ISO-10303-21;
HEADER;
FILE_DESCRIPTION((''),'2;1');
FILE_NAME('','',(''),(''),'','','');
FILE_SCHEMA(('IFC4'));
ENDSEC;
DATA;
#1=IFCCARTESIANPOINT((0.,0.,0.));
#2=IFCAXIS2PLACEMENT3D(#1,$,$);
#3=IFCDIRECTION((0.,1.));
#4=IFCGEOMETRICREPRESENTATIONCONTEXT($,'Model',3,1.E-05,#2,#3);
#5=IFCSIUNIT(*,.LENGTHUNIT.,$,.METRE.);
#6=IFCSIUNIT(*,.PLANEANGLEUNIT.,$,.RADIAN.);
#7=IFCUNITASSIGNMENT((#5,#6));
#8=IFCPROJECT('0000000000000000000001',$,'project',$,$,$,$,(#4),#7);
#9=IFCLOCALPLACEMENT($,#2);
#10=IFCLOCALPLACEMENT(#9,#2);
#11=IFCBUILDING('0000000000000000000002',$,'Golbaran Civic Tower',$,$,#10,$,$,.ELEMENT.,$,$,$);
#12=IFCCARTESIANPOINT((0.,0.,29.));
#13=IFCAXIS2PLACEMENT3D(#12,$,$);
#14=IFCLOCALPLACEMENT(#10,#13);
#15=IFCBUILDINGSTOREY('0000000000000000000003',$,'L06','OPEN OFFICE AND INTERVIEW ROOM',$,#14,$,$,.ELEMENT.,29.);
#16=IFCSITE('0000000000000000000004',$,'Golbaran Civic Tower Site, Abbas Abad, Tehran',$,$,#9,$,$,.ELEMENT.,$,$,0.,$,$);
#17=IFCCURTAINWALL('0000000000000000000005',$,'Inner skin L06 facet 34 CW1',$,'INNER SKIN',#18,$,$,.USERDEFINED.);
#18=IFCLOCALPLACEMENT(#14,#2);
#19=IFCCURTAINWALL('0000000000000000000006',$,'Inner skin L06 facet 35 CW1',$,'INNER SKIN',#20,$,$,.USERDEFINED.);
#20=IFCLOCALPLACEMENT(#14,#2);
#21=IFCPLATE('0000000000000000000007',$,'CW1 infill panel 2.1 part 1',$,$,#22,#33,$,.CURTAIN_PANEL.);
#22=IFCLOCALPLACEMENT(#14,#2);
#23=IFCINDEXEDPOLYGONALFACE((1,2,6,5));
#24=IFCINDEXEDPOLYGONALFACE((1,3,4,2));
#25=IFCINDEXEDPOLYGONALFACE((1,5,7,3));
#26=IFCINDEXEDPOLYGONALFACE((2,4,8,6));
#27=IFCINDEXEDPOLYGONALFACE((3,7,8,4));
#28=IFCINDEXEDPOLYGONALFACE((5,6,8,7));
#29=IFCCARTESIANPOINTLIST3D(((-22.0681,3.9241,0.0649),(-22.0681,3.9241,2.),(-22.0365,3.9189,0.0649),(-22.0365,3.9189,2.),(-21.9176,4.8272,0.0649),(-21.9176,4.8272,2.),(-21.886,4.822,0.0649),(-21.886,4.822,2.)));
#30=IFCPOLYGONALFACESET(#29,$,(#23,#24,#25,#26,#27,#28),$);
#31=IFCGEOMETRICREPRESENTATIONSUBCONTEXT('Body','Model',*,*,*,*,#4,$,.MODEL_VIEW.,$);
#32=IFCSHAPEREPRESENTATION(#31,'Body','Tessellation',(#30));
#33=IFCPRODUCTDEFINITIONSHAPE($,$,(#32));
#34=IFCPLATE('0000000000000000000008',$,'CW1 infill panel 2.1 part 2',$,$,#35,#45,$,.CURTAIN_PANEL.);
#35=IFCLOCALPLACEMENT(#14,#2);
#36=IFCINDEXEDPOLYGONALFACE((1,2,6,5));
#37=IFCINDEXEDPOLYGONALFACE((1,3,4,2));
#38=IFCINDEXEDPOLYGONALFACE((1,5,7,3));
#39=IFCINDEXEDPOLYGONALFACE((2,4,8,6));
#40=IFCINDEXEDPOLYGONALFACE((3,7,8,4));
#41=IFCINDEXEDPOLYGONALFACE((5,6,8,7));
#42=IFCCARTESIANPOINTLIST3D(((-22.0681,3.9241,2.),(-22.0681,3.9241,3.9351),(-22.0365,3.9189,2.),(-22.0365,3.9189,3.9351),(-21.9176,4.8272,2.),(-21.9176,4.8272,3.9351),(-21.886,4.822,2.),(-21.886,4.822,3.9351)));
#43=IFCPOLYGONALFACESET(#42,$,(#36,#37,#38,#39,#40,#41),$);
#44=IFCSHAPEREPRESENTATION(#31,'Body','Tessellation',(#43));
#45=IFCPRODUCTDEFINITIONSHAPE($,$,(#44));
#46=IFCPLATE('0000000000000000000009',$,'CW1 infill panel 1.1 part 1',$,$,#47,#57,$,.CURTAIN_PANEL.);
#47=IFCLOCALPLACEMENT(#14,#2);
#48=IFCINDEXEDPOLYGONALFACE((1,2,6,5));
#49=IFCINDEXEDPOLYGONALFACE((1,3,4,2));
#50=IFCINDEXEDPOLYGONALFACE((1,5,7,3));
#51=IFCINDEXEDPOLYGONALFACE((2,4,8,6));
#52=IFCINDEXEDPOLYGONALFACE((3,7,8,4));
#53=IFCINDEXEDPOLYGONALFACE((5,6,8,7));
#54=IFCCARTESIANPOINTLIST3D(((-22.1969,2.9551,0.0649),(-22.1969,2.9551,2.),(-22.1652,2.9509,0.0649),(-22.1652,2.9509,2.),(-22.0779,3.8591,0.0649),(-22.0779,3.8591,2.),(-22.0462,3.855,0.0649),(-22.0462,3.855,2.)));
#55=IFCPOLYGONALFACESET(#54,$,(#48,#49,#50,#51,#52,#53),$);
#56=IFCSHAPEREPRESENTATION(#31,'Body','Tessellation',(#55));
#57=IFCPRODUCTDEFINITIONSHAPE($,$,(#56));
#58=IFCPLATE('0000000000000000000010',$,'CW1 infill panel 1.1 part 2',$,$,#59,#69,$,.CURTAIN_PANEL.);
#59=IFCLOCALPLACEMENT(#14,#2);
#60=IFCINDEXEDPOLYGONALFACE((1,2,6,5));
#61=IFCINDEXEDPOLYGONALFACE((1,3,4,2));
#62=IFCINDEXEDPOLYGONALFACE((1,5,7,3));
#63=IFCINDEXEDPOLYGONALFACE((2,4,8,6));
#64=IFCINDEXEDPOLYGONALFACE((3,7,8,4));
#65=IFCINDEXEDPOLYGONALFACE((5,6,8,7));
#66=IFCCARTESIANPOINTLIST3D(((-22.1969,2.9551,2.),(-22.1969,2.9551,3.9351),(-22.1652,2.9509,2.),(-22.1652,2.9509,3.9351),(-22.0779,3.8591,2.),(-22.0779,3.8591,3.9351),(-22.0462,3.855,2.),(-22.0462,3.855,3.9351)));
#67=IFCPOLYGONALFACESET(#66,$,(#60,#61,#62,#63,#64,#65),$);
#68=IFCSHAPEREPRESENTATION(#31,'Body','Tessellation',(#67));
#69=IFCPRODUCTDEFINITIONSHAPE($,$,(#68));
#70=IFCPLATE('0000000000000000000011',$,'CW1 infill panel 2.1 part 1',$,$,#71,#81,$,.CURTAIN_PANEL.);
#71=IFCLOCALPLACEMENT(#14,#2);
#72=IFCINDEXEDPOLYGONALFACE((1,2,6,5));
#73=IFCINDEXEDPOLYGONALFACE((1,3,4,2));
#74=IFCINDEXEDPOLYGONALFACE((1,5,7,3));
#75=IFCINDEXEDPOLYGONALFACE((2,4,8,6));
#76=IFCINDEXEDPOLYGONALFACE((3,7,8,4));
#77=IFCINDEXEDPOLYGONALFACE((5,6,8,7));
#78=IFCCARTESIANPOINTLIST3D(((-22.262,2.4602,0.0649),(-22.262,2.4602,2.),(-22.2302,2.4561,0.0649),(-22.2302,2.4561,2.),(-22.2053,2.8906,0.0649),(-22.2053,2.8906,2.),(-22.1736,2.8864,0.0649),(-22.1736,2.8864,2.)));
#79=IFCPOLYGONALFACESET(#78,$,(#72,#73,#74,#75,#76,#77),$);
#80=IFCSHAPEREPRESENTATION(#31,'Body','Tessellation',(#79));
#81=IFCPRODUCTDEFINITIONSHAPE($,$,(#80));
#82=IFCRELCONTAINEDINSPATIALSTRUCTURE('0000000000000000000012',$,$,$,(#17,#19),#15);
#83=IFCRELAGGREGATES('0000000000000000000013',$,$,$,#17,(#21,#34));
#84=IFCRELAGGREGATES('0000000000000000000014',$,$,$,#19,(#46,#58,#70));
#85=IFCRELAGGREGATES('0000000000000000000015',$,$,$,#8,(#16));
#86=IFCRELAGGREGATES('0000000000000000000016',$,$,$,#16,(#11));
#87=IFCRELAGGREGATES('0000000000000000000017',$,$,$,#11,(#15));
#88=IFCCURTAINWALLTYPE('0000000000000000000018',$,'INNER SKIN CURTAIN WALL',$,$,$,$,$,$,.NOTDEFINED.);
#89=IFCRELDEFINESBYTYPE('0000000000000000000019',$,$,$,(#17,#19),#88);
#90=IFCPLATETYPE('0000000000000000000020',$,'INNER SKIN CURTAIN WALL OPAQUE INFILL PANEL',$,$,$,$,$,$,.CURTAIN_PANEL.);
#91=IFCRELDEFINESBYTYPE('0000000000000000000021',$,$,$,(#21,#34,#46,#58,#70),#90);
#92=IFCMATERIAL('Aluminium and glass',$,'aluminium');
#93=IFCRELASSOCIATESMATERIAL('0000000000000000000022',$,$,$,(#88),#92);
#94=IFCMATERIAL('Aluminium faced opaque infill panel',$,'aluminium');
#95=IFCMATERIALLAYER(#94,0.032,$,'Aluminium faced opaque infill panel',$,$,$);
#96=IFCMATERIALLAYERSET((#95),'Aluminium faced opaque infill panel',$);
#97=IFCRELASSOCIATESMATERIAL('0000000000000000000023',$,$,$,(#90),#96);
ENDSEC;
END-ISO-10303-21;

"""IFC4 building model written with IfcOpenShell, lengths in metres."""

from ifc_helpers import new_model, si_unit, direction, frame, origin, origin_2d, place, context, subcontext, project, spatial, rectangle, extrude, material, layer, layer_set, type_object, element, aggregate, save


model = new_model("IFC4")

# Units and contexts
model_context = context("Model", 3, precision=1e-05, world=origin(), true_north=direction((0.0, 1.0)))
body_context = subcontext(model_context, "Body", "Model", "MODEL_VIEW")
ifc_project = project(units=[si_unit("LENGTHUNIT", "METRE"), si_unit("PLANEANGLEUNIT", "RADIAN")], contexts=[model_context])

# Site, building, storey
site_placement = place(None, origin())
site = spatial("IfcSite", under=ifc_project, at=site_placement, Name="Golbaran Civic Tower Site, Abbas Abad, Tehran", CompositionType="ELEMENT", RefElevation=0.0)
building_placement = place(site_placement, origin())
building = spatial("IfcBuilding", under=site, at=building_placement, Name="Golbaran Civic Tower", CompositionType="ELEMENT")
storey_placement = place(building_placement, frame((0.0, 0.0, 29.0)))
storey = spatial("IfcBuildingStorey", under=building, at=storey_placement, Name="L06", Description="OPEN OFFICE AND INTERVIEW ROOM", CompositionType="ELEMENT", Elevation=29.0)

# Curtain walls
ifc_material_1 = material(Name="Aluminium and glass", Category="aluminium")
curtain_wall_type = type_object("IfcCurtainWallType", Name="INNER SKIN CURTAIN WALL", PredefinedType="NOTDEFINED", material=ifc_material_1)
curtain_wall_1_placement = place(storey_placement, origin())
curtain_wall_1 = element("IfcCurtainWall", 1, at=curtain_wall_1_placement, inside=storey, type_object=curtain_wall_type, Name="Inner skin L06 facet 34 CW1", ObjectType="INNER SKIN", PredefinedType="USERDEFINED")
curtain_wall_2_placement = place(storey_placement, origin())
curtain_wall_2 = element("IfcCurtainWall", 2, at=curtain_wall_2_placement, inside=storey, type_object=curtain_wall_type, Name="Inner skin L06 facet 35 CW1", ObjectType="INNER SKIN", PredefinedType="USERDEFINED")

# Plates
ifc_material_2 = material(Name="Aluminium faced opaque infill panel", Category="aluminium")
ifc_layer_1 = layer(ifc_material_2, 0.032, Name="Aluminium faced opaque infill panel")
ifc_layer_set_1 = layer_set([ifc_layer_1], Name="Aluminium faced opaque infill panel")
plate_type_1 = type_object("IfcPlateType", Name="INNER SKIN CURTAIN WALL OPAQUE INFILL PANEL", PredefinedType="CURTAIN_PANEL", material=ifc_layer_set_1)
plate_1_placement = place(storey_placement, frame((-21.9771, 4.373, 0.0649), z_axis=(0.0, 0.0, 1.0), x_axis=(-0.164415, -0.986391, 0.0)))
plate_1 = element("IfcPlate", 3, at=plate_1_placement, type_object=plate_type_1, Name="CW1 infill panel 2.1 part 1", PredefinedType="CURTAIN_PANEL", context=body_context, shape_type="SweptSolid", body=[
    extrude(rectangle(XDim=0.9155, YDim=0.032, at=origin_2d()), origin(), (0.0, 0.0, 1.0), 1.9351),
])
plate_2_placement = place(storey_placement, frame((-21.9771, 4.373, 2.0), z_axis=(0.0, 0.0, 1.0), x_axis=(-0.164415, -0.986391, 0.0)))
plate_2 = element("IfcPlate", 4, at=plate_2_placement, type_object=plate_type_1, Name="CW1 infill panel 2.1 part 2", PredefinedType="CURTAIN_PANEL", context=body_context, shape_type="SweptSolid", body=[
    extrude(rectangle(XDim=0.9155, YDim=0.032, at=origin_2d()), origin(), (0.0, 0.0, 1.0), 1.9351),
])
aggregate(curtain_wall_1, [plate_1, plate_2])
plate_3_placement = place(storey_placement, frame((-22.1216, 3.405, 0.0649), z_axis=(0.0, 0.0, 1.0), x_axis=(-0.130526, -0.991445, 0.0)))
plate_3 = element("IfcPlate", 5, at=plate_3_placement, type_object=plate_type_1, Name="CW1 infill panel 1.1 part 1", PredefinedType="CURTAIN_PANEL", context=body_context, shape_type="SweptSolid", body=[
    extrude(rectangle(XDim=0.9119, YDim=0.032, at=origin_2d()), origin(), (0.0, 0.0, 1.0), 1.9351),
])
plate_4_placement = place(storey_placement, frame((-22.1216, 3.405, 2.0), z_axis=(0.0, 0.0, 1.0), x_axis=(-0.130526, -0.991445, 0.0)))
plate_4 = element("IfcPlate", 6, at=plate_4_placement, type_object=plate_type_1, Name="CW1 infill panel 1.1 part 2", PredefinedType="CURTAIN_PANEL", context=body_context, shape_type="SweptSolid", body=[
    extrude(rectangle(XDim=0.9119, YDim=0.032, at=origin_2d()), origin(), (0.0, 0.0, 1.0), 1.9351),
])
plate_5_placement = place(storey_placement, frame((-22.2178, 2.6733, 0.0649), z_axis=(0.0, 0.0, 1.0), x_axis=(-0.130526, -0.991445, 0.0)))
plate_5 = element("IfcPlate", 7, at=plate_5_placement, type_object=plate_type_1, Name="CW1 infill panel 2.1 part 1", PredefinedType="CURTAIN_PANEL", context=body_context, shape_type="SweptSolid", body=[
    extrude(rectangle(XDim=0.4341, YDim=0.032, at=origin_2d()), origin(), (0.0, 0.0, 1.0), 1.9351),
])
aggregate(curtain_wall_2, [plate_3, plate_4, plate_5])

save(model, "model.ifc")
